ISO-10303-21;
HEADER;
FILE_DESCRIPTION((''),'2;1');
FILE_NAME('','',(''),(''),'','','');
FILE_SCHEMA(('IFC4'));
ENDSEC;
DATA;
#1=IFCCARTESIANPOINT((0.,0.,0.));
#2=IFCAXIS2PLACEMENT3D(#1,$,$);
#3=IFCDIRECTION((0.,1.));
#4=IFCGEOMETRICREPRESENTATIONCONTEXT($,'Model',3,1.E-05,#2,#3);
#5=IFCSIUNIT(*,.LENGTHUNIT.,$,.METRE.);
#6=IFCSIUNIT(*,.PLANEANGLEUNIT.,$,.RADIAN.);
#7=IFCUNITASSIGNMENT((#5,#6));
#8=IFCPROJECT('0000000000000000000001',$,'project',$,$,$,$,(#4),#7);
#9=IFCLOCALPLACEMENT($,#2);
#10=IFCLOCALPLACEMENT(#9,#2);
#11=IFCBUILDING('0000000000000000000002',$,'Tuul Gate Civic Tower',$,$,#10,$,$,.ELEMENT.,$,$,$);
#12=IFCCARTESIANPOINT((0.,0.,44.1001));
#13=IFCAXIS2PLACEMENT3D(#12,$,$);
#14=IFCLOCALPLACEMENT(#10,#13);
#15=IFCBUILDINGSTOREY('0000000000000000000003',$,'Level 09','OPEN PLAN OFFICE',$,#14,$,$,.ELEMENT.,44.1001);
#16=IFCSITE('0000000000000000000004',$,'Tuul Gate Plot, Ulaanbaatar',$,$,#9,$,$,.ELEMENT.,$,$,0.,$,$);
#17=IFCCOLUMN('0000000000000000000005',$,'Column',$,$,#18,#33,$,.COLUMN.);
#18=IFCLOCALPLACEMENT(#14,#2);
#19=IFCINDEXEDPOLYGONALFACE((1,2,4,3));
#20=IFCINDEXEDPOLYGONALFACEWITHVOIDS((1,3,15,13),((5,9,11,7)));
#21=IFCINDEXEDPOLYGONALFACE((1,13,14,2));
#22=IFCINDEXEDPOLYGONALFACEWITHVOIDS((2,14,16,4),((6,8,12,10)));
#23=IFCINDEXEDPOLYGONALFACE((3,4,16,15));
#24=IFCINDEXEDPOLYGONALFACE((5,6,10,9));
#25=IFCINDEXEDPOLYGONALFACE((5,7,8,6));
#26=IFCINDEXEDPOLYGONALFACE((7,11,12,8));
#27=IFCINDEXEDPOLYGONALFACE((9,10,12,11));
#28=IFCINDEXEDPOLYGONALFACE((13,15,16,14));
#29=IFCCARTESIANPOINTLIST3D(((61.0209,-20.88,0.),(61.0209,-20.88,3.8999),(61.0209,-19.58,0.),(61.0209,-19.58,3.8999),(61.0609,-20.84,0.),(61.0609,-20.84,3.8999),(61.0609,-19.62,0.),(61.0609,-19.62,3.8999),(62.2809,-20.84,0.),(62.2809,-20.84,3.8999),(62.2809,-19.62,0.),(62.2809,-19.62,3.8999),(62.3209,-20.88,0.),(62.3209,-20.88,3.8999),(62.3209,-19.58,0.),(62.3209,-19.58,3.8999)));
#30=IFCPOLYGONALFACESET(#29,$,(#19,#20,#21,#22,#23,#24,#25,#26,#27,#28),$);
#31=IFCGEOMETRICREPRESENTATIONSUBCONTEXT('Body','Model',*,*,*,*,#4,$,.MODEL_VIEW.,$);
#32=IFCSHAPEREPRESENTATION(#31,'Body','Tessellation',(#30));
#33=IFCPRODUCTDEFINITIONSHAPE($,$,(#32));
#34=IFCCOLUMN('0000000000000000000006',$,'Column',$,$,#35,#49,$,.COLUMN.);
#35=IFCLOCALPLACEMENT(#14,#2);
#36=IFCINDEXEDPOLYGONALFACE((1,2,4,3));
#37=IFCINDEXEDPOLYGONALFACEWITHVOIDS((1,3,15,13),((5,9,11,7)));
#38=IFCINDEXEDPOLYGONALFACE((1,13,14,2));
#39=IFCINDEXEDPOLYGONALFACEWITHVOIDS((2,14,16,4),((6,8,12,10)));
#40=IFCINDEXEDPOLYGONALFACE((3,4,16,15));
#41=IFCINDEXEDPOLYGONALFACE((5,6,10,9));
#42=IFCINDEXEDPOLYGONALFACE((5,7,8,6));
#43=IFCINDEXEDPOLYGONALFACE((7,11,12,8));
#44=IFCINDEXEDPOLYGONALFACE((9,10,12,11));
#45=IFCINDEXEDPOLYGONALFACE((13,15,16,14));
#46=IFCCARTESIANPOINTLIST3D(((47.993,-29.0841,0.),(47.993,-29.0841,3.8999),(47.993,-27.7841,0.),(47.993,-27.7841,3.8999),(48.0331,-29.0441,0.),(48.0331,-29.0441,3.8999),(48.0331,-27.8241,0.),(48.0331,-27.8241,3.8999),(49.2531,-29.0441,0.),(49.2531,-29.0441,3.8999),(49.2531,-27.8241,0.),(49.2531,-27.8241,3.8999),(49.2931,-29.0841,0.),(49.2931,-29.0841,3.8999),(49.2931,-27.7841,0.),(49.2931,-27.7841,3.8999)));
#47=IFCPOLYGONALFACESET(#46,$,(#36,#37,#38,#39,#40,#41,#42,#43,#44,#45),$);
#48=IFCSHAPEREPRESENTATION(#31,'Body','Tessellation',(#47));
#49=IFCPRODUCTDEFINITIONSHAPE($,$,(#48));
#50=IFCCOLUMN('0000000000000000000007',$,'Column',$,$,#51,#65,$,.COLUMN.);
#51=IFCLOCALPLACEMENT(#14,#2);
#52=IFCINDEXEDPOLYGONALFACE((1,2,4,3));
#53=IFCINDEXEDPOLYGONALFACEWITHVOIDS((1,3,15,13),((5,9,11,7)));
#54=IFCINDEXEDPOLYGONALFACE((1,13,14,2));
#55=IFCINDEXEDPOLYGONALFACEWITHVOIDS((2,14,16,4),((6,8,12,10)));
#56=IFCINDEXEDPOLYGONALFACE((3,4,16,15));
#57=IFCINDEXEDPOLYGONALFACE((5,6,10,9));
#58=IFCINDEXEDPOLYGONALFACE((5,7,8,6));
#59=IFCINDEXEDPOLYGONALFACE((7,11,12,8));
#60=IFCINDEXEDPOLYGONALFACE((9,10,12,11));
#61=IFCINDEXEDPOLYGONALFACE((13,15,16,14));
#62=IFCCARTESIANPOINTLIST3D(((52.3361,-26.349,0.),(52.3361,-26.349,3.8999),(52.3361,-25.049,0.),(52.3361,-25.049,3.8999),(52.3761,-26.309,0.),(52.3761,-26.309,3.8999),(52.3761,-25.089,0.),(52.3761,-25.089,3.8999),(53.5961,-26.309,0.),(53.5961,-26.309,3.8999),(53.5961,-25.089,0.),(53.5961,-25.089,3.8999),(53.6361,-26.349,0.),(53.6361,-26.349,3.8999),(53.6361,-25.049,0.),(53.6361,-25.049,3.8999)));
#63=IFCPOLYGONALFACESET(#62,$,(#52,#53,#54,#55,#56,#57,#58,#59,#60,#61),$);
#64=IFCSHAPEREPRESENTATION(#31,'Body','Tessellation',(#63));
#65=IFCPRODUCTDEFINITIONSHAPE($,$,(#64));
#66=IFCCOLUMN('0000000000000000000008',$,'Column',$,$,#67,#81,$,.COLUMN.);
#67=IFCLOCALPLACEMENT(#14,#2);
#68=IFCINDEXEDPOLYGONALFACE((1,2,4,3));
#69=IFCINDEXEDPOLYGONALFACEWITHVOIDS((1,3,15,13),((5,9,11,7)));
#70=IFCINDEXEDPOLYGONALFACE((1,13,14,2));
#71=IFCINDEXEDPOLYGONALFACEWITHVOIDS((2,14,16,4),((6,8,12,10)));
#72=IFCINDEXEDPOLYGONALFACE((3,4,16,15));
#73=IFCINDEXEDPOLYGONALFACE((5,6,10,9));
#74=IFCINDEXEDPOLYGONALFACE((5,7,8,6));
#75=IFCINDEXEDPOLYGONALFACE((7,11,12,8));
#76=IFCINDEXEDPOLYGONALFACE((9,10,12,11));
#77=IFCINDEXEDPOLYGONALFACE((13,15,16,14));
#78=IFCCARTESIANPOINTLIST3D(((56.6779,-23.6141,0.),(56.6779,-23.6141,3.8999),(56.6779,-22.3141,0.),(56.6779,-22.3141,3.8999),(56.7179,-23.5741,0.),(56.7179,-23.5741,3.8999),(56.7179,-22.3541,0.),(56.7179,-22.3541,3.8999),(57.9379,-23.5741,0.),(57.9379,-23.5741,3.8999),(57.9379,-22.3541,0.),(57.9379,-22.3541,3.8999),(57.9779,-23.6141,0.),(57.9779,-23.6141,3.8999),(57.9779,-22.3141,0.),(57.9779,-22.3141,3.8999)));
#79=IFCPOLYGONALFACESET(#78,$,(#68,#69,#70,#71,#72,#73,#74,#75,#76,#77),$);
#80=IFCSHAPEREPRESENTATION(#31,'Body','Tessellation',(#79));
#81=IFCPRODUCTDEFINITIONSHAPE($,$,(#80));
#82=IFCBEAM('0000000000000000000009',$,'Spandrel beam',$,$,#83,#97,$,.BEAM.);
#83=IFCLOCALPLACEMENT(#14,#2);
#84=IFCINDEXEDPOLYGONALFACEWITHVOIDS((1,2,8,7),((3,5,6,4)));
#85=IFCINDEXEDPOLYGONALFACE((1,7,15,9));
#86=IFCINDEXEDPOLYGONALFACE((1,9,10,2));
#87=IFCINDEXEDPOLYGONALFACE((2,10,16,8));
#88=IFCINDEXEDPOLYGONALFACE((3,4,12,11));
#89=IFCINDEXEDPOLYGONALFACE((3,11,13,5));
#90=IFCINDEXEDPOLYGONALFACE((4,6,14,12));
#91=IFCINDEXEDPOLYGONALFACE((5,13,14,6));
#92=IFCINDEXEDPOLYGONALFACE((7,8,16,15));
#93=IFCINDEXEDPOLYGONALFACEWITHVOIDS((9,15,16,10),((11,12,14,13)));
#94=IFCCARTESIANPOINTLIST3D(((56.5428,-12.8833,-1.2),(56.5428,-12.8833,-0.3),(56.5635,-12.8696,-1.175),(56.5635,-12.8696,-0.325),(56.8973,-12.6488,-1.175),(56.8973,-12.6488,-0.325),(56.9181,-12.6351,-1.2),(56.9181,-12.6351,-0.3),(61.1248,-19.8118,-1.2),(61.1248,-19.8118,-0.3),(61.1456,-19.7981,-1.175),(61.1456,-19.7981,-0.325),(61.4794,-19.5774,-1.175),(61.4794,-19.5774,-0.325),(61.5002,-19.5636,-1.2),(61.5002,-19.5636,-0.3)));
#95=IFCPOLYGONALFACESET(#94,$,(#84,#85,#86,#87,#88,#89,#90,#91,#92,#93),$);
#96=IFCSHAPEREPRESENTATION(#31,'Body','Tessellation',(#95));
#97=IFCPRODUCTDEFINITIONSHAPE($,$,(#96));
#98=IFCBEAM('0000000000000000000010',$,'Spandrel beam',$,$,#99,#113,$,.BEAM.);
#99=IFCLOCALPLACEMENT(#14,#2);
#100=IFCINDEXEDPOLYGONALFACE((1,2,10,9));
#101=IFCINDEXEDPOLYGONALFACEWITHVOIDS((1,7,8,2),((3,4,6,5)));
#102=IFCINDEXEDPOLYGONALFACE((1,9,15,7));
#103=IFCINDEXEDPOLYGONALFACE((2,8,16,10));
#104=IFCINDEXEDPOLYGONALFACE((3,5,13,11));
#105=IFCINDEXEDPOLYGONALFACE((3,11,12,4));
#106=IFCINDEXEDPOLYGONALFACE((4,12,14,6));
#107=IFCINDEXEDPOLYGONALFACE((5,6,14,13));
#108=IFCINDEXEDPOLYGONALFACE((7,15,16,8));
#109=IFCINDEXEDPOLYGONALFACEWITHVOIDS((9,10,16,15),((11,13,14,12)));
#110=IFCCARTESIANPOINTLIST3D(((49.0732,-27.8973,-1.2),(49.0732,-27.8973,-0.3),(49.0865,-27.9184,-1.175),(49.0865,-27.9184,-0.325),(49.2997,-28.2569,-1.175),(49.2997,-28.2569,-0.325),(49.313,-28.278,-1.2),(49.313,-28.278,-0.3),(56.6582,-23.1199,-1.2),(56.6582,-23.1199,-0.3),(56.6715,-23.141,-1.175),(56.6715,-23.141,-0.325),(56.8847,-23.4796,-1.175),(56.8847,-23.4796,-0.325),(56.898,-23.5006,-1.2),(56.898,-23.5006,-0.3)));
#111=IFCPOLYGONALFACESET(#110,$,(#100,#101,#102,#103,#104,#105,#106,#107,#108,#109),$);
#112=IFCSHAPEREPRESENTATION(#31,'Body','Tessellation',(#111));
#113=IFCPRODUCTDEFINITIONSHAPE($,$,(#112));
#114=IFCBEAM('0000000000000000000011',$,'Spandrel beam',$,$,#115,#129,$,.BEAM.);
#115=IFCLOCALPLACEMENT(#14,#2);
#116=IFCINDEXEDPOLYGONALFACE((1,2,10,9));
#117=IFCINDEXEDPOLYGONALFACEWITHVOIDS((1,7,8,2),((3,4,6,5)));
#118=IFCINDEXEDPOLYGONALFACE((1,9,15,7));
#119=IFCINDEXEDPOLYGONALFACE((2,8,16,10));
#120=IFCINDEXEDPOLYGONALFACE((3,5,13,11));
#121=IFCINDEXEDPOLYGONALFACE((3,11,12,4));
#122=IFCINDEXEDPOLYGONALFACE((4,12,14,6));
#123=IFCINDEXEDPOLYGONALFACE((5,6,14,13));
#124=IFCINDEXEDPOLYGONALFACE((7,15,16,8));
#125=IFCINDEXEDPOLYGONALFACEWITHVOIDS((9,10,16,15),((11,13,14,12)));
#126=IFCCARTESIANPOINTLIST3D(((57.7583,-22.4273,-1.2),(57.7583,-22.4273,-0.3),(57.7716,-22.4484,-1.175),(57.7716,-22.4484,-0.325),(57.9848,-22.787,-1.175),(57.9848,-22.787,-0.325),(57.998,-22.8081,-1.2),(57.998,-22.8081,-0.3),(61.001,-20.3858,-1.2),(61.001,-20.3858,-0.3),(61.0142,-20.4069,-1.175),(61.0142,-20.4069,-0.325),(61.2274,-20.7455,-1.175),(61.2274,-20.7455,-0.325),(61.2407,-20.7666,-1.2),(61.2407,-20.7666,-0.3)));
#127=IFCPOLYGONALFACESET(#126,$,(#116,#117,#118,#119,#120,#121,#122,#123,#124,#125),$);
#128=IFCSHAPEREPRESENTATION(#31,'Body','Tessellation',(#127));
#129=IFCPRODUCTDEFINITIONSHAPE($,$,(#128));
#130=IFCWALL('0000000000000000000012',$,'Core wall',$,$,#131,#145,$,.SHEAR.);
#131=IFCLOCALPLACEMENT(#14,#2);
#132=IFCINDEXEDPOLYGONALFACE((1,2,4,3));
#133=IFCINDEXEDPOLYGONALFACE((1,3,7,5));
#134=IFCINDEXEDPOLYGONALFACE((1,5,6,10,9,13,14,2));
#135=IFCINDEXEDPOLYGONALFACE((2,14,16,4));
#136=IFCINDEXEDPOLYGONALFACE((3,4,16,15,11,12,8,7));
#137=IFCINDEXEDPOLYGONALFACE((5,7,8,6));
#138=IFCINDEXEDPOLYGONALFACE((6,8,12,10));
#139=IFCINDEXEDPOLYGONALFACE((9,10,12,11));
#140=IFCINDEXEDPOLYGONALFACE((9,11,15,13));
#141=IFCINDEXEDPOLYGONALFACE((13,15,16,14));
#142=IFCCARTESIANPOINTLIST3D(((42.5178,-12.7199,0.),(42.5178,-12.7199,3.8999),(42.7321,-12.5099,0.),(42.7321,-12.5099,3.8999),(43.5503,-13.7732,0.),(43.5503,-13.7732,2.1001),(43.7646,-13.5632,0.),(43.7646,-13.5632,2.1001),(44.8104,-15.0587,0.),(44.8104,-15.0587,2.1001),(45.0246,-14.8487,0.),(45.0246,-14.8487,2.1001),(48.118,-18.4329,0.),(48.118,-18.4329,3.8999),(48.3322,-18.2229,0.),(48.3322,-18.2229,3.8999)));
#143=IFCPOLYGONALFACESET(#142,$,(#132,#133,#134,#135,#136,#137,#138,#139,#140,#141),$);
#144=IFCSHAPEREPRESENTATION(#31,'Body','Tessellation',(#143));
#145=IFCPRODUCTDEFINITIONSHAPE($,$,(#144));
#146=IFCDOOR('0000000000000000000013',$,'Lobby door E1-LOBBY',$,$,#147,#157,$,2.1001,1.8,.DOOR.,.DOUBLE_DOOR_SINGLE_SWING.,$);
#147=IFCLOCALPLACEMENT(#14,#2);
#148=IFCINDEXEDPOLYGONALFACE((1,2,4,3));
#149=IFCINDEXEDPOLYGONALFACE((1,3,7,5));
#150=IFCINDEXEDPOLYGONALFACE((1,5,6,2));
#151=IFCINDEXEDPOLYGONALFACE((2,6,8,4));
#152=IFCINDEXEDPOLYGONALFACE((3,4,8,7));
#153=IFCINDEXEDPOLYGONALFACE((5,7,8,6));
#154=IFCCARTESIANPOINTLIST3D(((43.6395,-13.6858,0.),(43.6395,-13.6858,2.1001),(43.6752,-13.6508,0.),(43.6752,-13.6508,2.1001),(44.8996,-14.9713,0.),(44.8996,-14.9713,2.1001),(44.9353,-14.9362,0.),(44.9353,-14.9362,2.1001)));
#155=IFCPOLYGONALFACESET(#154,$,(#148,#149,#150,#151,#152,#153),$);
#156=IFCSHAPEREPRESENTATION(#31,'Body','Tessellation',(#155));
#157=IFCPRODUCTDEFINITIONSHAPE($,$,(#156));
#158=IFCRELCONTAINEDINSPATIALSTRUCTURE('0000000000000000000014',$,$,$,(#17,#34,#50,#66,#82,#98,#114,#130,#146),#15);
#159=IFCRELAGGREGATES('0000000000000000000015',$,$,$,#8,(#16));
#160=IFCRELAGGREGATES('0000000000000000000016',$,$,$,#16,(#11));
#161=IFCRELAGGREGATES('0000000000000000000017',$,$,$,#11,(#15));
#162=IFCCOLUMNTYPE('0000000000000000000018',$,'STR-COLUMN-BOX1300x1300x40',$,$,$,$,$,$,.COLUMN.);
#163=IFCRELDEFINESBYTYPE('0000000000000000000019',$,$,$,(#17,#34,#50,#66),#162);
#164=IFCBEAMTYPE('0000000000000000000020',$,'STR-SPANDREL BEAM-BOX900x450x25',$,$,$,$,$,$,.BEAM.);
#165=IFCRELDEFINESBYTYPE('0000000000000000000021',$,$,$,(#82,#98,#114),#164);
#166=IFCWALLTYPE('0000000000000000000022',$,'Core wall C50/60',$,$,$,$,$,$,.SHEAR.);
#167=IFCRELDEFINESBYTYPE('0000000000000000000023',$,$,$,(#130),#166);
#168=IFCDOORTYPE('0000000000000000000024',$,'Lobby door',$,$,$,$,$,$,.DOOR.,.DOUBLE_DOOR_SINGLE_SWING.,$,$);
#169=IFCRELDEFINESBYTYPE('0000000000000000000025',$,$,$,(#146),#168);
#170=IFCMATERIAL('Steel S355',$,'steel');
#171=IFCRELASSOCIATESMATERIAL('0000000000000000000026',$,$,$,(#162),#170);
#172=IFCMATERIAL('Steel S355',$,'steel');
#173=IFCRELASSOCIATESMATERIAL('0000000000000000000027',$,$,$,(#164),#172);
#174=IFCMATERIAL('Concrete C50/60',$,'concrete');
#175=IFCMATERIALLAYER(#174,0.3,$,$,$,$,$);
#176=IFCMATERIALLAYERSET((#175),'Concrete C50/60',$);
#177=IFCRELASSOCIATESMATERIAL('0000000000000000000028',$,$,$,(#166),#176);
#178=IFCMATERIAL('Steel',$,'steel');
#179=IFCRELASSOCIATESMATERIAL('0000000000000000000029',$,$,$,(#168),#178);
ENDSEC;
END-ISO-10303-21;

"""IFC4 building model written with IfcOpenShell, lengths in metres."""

from ifc_helpers import new_model, si_unit, direction, frame, frame_2d, origin, origin_2d, place, context, subcontext, project, spatial, rectangle, hollow_rectangle, extrude, material, layer, layer_set, material_profile, profile_set, type_object, element, fill, save


model = new_model("IFC4")

# Units and contexts
model_context = context("Model", 3, precision=1e-05, world=origin(), true_north=direction((0.0, 1.0)))
body_context = subcontext(model_context, "Body", "Model", "MODEL_VIEW")
ifc_project = project(units=[si_unit("LENGTHUNIT", "METRE"), si_unit("PLANEANGLEUNIT", "RADIAN")], contexts=[model_context])

# Site, building, storey
site_placement = place(None, origin())
site = spatial("IfcSite", under=ifc_project, at=site_placement, Name="Tuul Gate Plot, Ulaanbaatar", CompositionType="ELEMENT", RefElevation=0.0)
building_placement = place(site_placement, origin())
building = spatial("IfcBuilding", under=site, at=building_placement, Name="Tuul Gate Civic Tower", CompositionType="ELEMENT")
storey_placement = place(building_placement, frame((0.0, 0.0, 44.1001)))
storey = spatial("IfcBuildingStorey", under=building, at=storey_placement, Name="Level 09", Description="OPEN PLAN OFFICE", CompositionType="ELEMENT", Elevation=44.1001)

# Columns
ifc_material_1 = material(Name="Steel S355", Category="steel")
ifc_material_profile_1 = material_profile(ifc_material_1, hollow_rectangle(XDim=1.3, YDim=1.3, WallThickness=0.04, at=origin_2d()), Name="BOX1300x1300x40")
ifc_profile_set_1 = profile_set([ifc_material_profile_1], Name="Steel S355")
column_type = type_object("IfcColumnType", Name="STR-COLUMN-BOX1300x1300x40", PredefinedType="COLUMN", material=ifc_profile_set_1)
for number, where, z_axis, x_axis, name in (
    (1, (61.6709, -20.23, 0.0), (0.0, 0.0, 1.0), (1.0, 0.0, 0.0), "Column"),
    (2, (48.6431, -28.4341, 0.0), (0.0, 0.0, 1.0), (1.0, 0.0, 0.0), "Column"),
    (3, (52.9861, -25.699, 0.0), (0.0, 0.0, 1.0), (1.0, 0.0, 0.0), "Column"),
    (4, (57.3279, -22.9641, 0.0), (0.0, 0.0, 1.0), (1.0, 0.0, 0.0), "Column"),
):
    element("IfcColumn", number, at=place(storey_placement, frame(where, z_axis=z_axis, x_axis=x_axis)), inside=storey, type_object=column_type, Name=name, PredefinedType="COLUMN", context=body_context, shape_type="SweptSolid", body=[
        extrude(hollow_rectangle(XDim=1.3, YDim=1.3, WallThickness=0.04, at=origin_2d()), origin(), (0.0, 0.0, 1.0), 3.8999),
    ])

# Beams
ifc_material_2 = material(Name="Steel S355", Category="steel")
ifc_material_profile_2 = material_profile(ifc_material_2, hollow_rectangle(XDim=0.45, YDim=0.8999, WallThickness=0.0249, at=origin_2d()), Name="BOX900x450x25")
ifc_profile_set_2 = profile_set([ifc_material_profile_2], Name="Steel S355")
beam_type = type_object("IfcBeamType", Name="STR-SPANDREL BEAM-BOX900x450x25", PredefinedType="BEAM", material=ifc_profile_set_2)
beam_1_placement = place(storey_placement, frame((61.3125, -19.6877, -0.75), z_axis=(-0.551617, 0.834097, 0.0), x_axis=(-0.834097, -0.551617, 0.0)))
element("IfcBeam", 5, at=beam_1_placement, inside=storey, type_object=beam_type, Name="Spandrel beam", PredefinedType="BEAM", context=body_context, shape_type="SweptSolid", body=[
    extrude(hollow_rectangle(XDim=0.45, YDim=0.8999, WallThickness=0.0249, at=origin_2d()), origin(), (0.0, 0.0, 1.0), 8.3066),
])
beam_2_placement = place(storey_placement, frame((49.1931, -28.0876, -0.75), z_axis=(0.846151, 0.532943, 0.0), x_axis=(-0.532943, 0.846151, 0.0)))
element("IfcBeam", 6, at=beam_2_placement, inside=storey, type_object=beam_type, Name="Spandrel beam", PredefinedType="BEAM", context=body_context, shape_type="SweptSolid", body=[
    extrude(hollow_rectangle(XDim=0.45, YDim=0.8999, WallThickness=0.0249, at=origin_2d()), origin(), (0.0, 0.0, 1.0), 8.9641),
])
beam_3_placement = place(storey_placement, frame((57.8782, -22.6177, -0.75), z_axis=(0.846254, 0.532779, 0.0), x_axis=(-0.532779, 0.846254, 0.0)))
element("IfcBeam", 7, at=beam_3_placement, inside=storey, type_object=beam_type, Name="Spandrel beam", PredefinedType="BEAM", context=body_context, shape_type="SweptSolid", body=[
    extrude(hollow_rectangle(XDim=0.45, YDim=0.8999, WallThickness=0.0249, at=origin_2d()), origin(), (0.0, 0.0, 1.0), 3.8318),
])

# Wall, opening, door
ifc_material_3 = material(Name="Concrete C50/60", Category="concrete")
ifc_layer_1 = layer(ifc_material_3, 0.3)
ifc_layer_set_1 = layer_set([ifc_layer_1], Name="Concrete C50/60")
wall_type_1 = type_object("IfcWallType", Name="Core wall C50/60", PredefinedType="SHEAR", material=ifc_layer_set_1)
wall_1_placement = place(storey_placement, frame((48.2251, -18.3279, 0.0), z_axis=(0.0, 0.0, 1.0), x_axis=(-0.700022, 0.714121, 0.0)))
wall_1 = element("IfcWall", 8, at=wall_1_placement, inside=storey, type_object=wall_type_1, Name="Core wall", PredefinedType="SHEAR", context=body_context, shape_type="SweptSolid", body=[
    extrude(rectangle(XDim=8.0, YDim=0.3, at=frame_2d((4.0, 0.0))), origin(), (0.0, 0.0, 1.0), 3.8999),
])
opening_1_placement = place(wall_1_placement, frame((4.7251, 0.0, 0.0)))
opening_1 = element("IfcOpeningElement", 9, at=opening_1_placement, cuts=wall_1, PredefinedType="OPENING", context=body_context, shape_type="SweptSolid", body=[
    extrude(rectangle(XDim=1.8, YDim=2.1001, at=frame_2d((0.8999, 1.05))), frame((0.0, 0.1602, 0.0), z_axis=(0.0, -1.0, 0.0), x_axis=(1.0, 0.0, 0.0)), (0.0, 0.0, 1.0), 0.3201),
])
ifc_material_4 = material(Name="Steel", Category="steel")
door_type_1 = type_object("IfcDoorType", Name="Lobby door", OperationType="DOUBLE_DOOR_SINGLE_SWING", PredefinedType="DOOR", material=ifc_material_4)
door_1_placement = place(opening_1_placement, frame((1.8, 0.0, 0.0), z_axis=(0.0, 0.0, 1.0), x_axis=(-1.0, 0.0, 0.0)))
door_1 = element("IfcDoor", 10, at=door_1_placement, inside=storey, type_object=door_type_1, Name="Lobby door E1-LOBBY", OperationType="DOUBLE_DOOR_SINGLE_SWING", OverallHeight=2.1001, OverallWidth=1.8, PredefinedType="DOOR", context=body_context, shape_type="SweptSolid", body=[
    extrude(rectangle(XDim=1.8, YDim=2.1001, at=frame_2d((0.9001, 1.05))), frame((0.0, 0.0249, 0.0), z_axis=(0.0, -1.0, 0.0), x_axis=(1.0, 0.0, 0.0)), (0.0, 0.0, 1.0), 0.05),
])
fill(opening_1, door_1)

save(model, "model.ifc")
